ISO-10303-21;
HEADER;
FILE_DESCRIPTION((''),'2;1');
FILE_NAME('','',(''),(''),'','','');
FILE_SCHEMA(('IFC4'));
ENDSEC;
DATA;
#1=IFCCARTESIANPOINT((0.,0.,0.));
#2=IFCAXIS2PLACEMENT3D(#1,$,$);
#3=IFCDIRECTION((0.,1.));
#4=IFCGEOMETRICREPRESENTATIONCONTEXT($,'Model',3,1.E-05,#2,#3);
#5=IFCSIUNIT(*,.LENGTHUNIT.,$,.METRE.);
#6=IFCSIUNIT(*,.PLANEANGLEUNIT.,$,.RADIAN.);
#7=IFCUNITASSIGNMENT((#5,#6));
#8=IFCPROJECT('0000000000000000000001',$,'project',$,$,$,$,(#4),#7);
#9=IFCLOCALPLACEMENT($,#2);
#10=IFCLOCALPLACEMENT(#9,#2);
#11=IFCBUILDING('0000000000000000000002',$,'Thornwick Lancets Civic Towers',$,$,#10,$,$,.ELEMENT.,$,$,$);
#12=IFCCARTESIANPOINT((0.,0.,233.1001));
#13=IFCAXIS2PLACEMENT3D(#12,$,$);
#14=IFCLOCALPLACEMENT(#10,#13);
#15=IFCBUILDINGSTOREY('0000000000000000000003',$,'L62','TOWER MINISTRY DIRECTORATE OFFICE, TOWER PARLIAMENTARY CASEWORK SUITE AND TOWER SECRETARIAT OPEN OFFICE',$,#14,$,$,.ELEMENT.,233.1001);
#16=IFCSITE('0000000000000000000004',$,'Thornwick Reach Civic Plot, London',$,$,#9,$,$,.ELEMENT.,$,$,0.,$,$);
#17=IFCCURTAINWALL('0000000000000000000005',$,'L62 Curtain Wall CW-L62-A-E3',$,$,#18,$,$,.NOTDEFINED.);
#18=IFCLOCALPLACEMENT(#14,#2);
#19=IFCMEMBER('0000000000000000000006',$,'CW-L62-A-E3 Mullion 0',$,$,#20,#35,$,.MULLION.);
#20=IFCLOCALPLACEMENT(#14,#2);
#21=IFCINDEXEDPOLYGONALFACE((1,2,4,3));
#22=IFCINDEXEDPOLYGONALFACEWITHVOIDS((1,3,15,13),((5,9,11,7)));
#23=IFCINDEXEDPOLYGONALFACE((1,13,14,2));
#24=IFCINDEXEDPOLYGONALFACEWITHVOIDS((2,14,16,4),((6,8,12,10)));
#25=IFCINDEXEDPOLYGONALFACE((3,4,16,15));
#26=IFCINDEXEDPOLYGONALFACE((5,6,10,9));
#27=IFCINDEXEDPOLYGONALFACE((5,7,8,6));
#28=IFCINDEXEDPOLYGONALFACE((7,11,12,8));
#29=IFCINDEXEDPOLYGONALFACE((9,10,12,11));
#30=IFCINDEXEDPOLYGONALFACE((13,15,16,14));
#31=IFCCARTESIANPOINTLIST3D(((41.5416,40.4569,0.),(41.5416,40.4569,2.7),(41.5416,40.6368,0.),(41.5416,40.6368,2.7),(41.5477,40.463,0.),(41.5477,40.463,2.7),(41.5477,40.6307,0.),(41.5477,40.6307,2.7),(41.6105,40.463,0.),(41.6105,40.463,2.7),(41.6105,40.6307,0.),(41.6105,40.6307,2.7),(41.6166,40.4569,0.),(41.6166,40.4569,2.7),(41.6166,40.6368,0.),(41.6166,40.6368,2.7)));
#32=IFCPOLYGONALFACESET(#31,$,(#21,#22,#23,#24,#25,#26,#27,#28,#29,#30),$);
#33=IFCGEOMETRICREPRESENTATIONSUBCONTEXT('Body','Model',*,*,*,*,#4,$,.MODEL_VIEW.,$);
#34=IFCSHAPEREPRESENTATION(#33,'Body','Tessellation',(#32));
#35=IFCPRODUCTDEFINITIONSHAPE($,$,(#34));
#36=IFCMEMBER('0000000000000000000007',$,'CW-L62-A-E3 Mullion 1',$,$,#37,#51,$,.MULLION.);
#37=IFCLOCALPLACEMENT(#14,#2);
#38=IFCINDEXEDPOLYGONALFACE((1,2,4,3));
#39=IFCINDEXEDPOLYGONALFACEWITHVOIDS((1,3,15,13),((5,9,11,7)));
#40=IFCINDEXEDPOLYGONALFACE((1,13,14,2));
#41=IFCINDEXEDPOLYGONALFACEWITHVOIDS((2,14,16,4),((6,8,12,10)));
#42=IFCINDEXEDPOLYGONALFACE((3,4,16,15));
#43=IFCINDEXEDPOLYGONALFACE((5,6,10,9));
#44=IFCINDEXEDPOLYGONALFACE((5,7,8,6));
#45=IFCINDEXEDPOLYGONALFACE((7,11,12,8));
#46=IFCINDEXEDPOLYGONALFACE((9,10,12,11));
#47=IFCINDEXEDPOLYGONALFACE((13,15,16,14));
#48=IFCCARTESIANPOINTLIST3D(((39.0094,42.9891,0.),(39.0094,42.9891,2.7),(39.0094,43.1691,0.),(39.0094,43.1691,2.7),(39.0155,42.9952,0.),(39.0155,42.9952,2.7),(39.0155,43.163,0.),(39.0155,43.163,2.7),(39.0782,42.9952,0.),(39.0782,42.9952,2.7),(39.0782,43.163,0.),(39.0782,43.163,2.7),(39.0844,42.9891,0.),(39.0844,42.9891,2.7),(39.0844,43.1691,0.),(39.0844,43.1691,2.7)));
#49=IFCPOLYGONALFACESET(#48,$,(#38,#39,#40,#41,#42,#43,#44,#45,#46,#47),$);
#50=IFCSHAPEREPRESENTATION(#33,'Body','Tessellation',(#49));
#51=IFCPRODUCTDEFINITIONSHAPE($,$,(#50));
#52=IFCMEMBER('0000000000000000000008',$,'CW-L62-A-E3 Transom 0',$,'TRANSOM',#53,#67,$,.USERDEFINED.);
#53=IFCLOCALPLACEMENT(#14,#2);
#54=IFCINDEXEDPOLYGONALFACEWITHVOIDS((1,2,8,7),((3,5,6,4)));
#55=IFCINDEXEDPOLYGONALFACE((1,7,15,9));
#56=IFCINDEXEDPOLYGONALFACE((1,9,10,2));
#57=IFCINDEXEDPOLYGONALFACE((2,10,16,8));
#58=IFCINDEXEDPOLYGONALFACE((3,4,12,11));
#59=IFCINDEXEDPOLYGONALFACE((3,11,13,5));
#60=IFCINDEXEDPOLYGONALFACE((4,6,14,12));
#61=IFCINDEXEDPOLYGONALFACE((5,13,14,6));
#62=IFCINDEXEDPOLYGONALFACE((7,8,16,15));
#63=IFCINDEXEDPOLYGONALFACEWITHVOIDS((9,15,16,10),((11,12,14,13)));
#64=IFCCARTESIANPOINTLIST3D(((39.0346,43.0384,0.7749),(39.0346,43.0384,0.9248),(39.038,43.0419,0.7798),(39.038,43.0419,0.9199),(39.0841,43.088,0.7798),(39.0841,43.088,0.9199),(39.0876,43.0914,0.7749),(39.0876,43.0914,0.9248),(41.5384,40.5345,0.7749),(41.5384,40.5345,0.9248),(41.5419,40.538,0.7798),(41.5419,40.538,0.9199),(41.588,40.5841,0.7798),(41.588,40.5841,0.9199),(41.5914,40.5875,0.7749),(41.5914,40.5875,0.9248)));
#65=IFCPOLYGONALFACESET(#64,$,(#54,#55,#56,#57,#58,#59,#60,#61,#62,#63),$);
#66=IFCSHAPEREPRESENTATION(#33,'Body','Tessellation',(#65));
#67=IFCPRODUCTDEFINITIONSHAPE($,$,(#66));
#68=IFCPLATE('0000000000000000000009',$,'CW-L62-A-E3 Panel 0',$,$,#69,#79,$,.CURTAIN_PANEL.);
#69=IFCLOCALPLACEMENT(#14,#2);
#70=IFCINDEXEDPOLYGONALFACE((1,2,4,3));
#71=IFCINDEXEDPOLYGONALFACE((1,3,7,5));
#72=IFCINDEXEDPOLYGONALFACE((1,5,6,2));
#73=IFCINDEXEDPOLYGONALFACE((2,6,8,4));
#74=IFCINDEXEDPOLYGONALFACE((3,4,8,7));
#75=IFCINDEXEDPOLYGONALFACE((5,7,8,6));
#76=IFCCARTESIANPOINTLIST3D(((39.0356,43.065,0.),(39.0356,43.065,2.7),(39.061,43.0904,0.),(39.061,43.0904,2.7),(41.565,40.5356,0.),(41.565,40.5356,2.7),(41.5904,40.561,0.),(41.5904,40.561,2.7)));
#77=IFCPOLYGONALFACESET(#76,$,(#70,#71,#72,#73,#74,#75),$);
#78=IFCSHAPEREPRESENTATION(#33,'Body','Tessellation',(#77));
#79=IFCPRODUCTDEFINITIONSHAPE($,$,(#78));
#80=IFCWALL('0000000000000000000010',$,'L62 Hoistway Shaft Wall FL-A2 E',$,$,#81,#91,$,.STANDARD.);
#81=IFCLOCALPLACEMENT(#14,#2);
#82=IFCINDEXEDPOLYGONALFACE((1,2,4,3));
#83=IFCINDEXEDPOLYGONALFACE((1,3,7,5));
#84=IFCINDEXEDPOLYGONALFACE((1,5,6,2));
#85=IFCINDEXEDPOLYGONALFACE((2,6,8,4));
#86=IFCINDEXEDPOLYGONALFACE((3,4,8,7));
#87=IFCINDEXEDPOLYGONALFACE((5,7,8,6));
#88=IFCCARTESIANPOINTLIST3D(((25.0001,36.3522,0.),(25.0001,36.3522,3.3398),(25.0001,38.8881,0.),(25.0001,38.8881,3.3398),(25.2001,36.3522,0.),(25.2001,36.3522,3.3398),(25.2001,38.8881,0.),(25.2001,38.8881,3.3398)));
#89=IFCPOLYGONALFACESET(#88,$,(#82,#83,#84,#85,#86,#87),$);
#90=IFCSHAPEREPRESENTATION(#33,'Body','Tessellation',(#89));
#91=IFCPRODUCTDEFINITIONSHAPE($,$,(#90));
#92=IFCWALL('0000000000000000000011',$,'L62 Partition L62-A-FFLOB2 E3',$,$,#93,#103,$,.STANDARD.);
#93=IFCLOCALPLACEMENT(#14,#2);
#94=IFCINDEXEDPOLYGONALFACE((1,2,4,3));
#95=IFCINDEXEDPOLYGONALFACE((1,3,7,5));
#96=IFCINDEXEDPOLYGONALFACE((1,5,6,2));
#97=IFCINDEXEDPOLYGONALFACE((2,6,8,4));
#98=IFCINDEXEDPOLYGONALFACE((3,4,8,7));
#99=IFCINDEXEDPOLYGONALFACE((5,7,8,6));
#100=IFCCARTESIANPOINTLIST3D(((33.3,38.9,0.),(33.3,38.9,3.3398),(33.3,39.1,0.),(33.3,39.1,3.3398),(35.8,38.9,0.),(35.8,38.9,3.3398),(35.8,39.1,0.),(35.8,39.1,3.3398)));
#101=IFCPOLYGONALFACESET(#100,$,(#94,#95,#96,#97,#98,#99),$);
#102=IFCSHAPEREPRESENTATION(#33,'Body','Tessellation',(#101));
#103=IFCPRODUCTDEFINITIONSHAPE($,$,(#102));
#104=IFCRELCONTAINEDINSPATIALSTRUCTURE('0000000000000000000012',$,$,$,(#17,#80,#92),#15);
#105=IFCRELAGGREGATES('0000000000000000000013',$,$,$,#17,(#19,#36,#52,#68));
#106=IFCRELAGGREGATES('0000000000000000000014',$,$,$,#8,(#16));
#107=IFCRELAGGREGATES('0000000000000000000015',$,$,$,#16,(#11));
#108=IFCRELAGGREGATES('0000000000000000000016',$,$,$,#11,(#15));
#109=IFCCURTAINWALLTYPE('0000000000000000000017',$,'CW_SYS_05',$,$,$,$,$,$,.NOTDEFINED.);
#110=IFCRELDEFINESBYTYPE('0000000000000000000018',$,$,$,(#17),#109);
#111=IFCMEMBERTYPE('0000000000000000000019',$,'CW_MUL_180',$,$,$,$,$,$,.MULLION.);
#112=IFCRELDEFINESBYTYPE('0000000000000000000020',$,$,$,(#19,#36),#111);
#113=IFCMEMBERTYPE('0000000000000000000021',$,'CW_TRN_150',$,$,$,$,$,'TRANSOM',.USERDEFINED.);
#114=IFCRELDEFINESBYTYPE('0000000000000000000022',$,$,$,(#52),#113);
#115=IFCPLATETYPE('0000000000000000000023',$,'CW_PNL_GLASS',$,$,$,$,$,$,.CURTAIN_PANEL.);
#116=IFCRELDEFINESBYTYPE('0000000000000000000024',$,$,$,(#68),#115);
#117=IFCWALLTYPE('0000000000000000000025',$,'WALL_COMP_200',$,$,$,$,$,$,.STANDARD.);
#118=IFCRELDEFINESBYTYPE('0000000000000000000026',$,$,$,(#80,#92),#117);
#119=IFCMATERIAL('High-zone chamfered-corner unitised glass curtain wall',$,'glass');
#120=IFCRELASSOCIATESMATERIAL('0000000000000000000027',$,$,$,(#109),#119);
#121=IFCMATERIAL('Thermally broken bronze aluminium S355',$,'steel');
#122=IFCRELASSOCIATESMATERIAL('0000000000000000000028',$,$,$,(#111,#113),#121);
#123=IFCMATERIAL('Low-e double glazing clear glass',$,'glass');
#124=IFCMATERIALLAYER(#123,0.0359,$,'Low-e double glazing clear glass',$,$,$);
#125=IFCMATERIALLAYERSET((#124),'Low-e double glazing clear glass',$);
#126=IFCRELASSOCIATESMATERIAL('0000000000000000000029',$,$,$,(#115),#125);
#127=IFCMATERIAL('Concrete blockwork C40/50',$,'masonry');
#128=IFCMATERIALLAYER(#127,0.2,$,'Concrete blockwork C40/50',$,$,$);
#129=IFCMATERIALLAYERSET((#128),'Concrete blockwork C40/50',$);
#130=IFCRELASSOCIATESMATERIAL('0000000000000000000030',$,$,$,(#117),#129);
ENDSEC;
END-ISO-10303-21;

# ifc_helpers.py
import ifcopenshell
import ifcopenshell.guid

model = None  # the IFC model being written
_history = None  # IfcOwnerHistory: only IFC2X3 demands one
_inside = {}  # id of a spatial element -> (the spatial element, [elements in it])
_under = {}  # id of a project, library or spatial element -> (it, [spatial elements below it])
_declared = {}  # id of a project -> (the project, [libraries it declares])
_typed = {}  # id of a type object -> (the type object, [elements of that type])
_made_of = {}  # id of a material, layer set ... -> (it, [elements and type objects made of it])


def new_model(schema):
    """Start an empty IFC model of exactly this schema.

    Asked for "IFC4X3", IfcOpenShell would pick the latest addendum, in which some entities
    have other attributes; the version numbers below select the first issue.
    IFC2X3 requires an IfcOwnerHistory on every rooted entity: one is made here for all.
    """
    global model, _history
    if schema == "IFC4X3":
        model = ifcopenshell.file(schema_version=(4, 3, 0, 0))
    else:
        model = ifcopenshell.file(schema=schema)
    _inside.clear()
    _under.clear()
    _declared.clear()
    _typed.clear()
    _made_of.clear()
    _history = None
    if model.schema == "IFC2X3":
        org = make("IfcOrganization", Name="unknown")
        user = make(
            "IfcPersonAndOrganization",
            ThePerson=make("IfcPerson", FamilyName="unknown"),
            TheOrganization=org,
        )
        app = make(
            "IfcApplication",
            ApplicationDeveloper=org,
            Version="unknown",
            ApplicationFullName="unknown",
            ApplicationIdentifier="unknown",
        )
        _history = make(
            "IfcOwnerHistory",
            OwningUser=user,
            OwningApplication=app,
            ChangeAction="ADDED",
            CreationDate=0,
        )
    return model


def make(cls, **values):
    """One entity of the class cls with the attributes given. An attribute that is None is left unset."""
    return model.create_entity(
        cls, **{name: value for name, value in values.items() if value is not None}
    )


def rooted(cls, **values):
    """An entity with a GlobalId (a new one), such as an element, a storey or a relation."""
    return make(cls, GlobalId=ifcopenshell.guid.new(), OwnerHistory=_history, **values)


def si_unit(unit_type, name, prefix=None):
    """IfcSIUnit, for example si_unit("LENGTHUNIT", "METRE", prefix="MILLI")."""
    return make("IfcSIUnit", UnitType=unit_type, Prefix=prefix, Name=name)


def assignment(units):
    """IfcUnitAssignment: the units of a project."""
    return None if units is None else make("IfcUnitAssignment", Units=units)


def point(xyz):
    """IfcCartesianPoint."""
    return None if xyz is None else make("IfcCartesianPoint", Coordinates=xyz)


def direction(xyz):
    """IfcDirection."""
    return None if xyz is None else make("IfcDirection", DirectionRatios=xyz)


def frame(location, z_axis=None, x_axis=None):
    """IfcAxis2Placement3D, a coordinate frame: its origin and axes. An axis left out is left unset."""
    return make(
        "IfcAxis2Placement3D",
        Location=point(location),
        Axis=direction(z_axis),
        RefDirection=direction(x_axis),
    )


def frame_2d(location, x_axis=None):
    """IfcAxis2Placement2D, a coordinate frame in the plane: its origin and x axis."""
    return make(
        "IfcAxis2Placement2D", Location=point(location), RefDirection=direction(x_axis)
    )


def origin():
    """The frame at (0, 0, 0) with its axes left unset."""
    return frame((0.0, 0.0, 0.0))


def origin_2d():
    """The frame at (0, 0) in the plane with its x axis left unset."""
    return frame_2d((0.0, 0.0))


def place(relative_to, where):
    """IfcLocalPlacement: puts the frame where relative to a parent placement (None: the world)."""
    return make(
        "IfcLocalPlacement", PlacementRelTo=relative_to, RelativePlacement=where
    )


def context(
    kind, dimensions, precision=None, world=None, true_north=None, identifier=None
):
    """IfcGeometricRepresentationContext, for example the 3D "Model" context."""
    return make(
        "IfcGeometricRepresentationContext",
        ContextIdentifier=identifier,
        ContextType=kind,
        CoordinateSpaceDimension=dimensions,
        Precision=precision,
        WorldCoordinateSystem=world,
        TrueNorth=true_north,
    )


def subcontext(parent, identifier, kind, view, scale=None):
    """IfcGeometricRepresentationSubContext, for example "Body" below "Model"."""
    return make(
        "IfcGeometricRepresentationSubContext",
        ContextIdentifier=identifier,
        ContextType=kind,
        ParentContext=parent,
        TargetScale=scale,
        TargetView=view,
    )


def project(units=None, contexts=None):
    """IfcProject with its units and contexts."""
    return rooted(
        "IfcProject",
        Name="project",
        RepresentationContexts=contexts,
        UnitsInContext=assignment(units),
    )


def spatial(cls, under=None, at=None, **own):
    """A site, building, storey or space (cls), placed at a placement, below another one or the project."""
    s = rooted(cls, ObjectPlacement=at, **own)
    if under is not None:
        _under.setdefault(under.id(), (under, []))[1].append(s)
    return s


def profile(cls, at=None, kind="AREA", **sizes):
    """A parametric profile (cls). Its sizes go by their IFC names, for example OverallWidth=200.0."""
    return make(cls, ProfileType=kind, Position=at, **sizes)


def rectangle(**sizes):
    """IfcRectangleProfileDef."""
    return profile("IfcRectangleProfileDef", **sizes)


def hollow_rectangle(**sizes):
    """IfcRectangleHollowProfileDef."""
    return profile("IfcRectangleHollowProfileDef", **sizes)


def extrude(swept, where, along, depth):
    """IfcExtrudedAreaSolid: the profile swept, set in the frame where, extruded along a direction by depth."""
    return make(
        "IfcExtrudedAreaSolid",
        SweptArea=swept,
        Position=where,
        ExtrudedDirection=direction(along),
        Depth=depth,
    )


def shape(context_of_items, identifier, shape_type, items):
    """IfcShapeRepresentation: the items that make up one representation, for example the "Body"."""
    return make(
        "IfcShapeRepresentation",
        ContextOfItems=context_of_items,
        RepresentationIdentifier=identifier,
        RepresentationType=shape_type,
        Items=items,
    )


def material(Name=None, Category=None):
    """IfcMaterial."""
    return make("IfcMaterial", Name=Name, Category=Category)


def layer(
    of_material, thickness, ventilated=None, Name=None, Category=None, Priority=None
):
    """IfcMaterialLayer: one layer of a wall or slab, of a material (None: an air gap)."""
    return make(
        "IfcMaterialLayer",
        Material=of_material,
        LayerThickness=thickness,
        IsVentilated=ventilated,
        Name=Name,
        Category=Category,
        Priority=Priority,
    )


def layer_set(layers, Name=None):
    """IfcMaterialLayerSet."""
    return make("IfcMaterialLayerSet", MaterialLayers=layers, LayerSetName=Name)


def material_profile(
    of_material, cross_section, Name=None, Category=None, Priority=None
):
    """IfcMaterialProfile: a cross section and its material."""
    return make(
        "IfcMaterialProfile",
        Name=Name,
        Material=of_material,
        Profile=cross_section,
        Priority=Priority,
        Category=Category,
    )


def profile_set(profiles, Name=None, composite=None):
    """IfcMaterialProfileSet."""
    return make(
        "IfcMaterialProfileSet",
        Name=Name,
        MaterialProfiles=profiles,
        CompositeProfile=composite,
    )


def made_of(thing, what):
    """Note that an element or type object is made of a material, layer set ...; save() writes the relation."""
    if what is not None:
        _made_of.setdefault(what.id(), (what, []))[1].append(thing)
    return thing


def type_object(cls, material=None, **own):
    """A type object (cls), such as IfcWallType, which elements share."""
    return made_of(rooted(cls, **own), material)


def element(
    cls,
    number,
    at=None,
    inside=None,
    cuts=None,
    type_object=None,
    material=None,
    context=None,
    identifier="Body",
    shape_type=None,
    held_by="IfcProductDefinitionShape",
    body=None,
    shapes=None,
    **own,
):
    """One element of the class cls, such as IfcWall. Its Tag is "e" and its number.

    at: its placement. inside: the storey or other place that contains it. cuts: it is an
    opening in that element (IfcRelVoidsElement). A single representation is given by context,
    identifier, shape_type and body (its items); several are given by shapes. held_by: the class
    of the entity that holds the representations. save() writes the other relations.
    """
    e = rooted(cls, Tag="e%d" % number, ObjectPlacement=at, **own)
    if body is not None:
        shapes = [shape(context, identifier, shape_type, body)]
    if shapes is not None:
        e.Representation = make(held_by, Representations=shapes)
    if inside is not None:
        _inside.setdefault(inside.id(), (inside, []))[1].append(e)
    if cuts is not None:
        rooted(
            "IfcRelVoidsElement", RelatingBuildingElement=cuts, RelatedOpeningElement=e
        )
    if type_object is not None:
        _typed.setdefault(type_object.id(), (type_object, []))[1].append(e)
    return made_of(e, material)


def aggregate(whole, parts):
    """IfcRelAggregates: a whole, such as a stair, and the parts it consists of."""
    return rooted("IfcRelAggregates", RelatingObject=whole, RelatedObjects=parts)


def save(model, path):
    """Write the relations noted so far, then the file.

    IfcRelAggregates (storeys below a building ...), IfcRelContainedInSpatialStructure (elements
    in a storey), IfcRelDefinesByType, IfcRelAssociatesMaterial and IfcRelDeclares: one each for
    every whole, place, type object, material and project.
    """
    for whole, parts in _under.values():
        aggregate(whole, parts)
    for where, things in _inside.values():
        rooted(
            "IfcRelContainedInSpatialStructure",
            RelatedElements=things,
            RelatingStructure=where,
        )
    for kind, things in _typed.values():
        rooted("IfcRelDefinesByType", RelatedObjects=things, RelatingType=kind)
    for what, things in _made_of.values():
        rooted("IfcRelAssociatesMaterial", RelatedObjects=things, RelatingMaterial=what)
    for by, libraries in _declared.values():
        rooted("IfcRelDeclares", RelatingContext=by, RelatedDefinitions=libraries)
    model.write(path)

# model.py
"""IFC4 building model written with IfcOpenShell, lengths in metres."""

from ifc_helpers import new_model, si_unit, direction, frame, frame_2d, origin, origin_2d, place, context, subcontext, project, spatial, rectangle, hollow_rectangle, extrude, material, layer, layer_set, material_profile, profile_set, type_object, element, aggregate, save


model = new_model("IFC4")

# Units and contexts
model_context = context("Model", 3, precision=1e-05, world=origin(), true_north=direction((0.0, 1.0)))
body_context = subcontext(model_context, "Body", "Model", "MODEL_VIEW")
ifc_project = project(units=[si_unit("LENGTHUNIT", "METRE"), si_unit("PLANEANGLEUNIT", "RADIAN")], contexts=[model_context])

# Site, building, storey
site_placement = place(None, origin())
site = spatial("IfcSite", under=ifc_project, at=site_placement, Name="Thornwick Reach Civic Plot, London", CompositionType="ELEMENT", RefElevation=0.0)
building_placement = place(site_placement, origin())
building = spatial("IfcBuilding", under=site, at=building_placement, Name="Thornwick Lancets Civic Towers", CompositionType="ELEMENT")
storey_placement = place(building_placement, frame((0.0, 0.0, 233.1001)))
storey = spatial("IfcBuildingStorey", under=building, at=storey_placement, Name="L62", Description="TOWER MINISTRY DIRECTORATE OFFICE, TOWER PARLIAMENTARY CASEWORK SUITE AND TOWER SECRETARIAT OPEN OFFICE", CompositionType="ELEMENT", Elevation=233.1001)

# Curtain wall, members, plate
ifc_material_1 = material(Name="High-zone chamfered-corner unitised glass curtain wall", Category="glass")
curtain_wall_type = type_object("IfcCurtainWallType", Name="CW_SYS_05", PredefinedType="NOTDEFINED", material=ifc_material_1)
curtain_wall_placement = place(storey_placement, origin())
curtain_wall = element("IfcCurtainWall", 1, at=curtain_wall_placement, inside=storey, type_object=curtain_wall_type, Name="L62 Curtain Wall CW-L62-A-E3", PredefinedType="NOTDEFINED")
ifc_material_2 = material(Name="Thermally broken bronze aluminium S355", Category="steel")
ifc_material_profile_1 = material_profile(ifc_material_2, hollow_rectangle(XDim=0.075, YDim=0.1799, WallThickness=0.0061, at=origin_2d()), Name="RHS 180x75x6")
ifc_profile_set_1 = profile_set([ifc_material_profile_1], Name="Thermally broken bronze aluminium S355")
member_type_1 = type_object("IfcMemberType", Name="CW_MUL_180", PredefinedType="MULLION", material=ifc_profile_set_1)
member_1_placement = place(storey_placement, frame((41.5791, 40.5469, 0.0), z_axis=(0.0, 0.0, 1.0), x_axis=(1.0, 0.0, 0.0)))
member_1 = element("IfcMember", 2, at=member_1_placement, type_object=member_type_1, Name="CW-L62-A-E3 Mullion 0", PredefinedType="MULLION", context=body_context, shape_type="SweptSolid", body=[
    extrude(hollow_rectangle(XDim=0.075, YDim=0.1799, WallThickness=0.0061, at=origin_2d()), origin(), (0.0, 0.0, 1.0), 2.7),
])
member_2_placement = place(storey_placement, frame((39.0469, 43.0791, 0.0), z_axis=(0.0, 0.0, 1.0), x_axis=(1.0, 0.0, 0.0)))
member_2 = element("IfcMember", 3, at=member_2_placement, type_object=member_type_1, Name="CW-L62-A-E3 Mullion 1", PredefinedType="MULLION", context=body_context, shape_type="SweptSolid", body=[
    extrude(hollow_rectangle(XDim=0.075, YDim=0.1799, WallThickness=0.0061, at=origin_2d()), origin(), (0.0, 0.0, 1.0), 2.7),
])
ifc_material_profile_2 = material_profile(ifc_material_2, hollow_rectangle(XDim=0.075, YDim=0.1499, WallThickness=0.0049, at=origin_2d()), Name="RHS 150x75x5")
ifc_profile_set_2 = profile_set([ifc_material_profile_2], Name="Thermally broken bronze aluminium S355")
member_type_2 = type_object("IfcMemberType", Name="CW_TRN_150", ElementType="TRANSOM", PredefinedType="USERDEFINED", material=ifc_profile_set_2)
member_3_placement = place(storey_placement, frame((41.5649, 40.561, 0.8499), z_axis=(-0.707107, 0.707107, 0.0), x_axis=(-0.707107, -0.707107, 0.0)))
member_3 = element("IfcMember", 4, at=member_3_placement, type_object=member_type_2, Name="CW-L62-A-E3 Transom 0", ObjectType="TRANSOM", PredefinedType="USERDEFINED", context=body_context, shape_type="SweptSolid", body=[
    extrude(hollow_rectangle(XDim=0.075, YDim=0.1499, WallThickness=0.0049, at=origin_2d()), origin(), (0.0, 0.0, 1.0), 3.541),
])
ifc_material_3 = material(Name="Low-e double glazing clear glass", Category="glass")
ifc_layer_1 = layer(ifc_material_3, 0.0359, Name="Low-e double glazing clear glass")
ifc_layer_set_1 = layer_set([ifc_layer_1], Name="Low-e double glazing clear glass")
plate_type = type_object("IfcPlateType", Name="CW_PNL_GLASS", PredefinedType="CURTAIN_PANEL", material=ifc_layer_set_1)
plate_placement = place(storey_placement, frame((40.313, 41.813, 0.0), z_axis=(0.0, 0.0, 1.0), x_axis=(-0.707107, 0.707107, 0.0)))
plate = element("IfcPlate", 5, at=plate_placement, type_object=plate_type, Name="CW-L62-A-E3 Panel 0", PredefinedType="CURTAIN_PANEL", context=body_context, shape_type="SweptSolid", body=[
    extrude(rectangle(XDim=3.5771, YDim=0.0359, at=origin_2d()), origin(), (0.0, 0.0, 1.0), 2.7),
])
aggregate(curtain_wall, [member_1, member_2, member_3, plate])

# Walls
ifc_material_4 = material(Name="Concrete blockwork C40/50", Category="masonry")
ifc_layer_2 = layer(ifc_material_4, 0.2, Name="Concrete blockwork C40/50")
ifc_layer_set_2 = layer_set([ifc_layer_2], Name="Concrete blockwork C40/50")
wall_type_1 = type_object("IfcWallType", Name="WALL_COMP_200", PredefinedType="STANDARD", material=ifc_layer_set_2)
wall_1_placement = place(storey_placement, frame((25.1001, 36.3521, 0.0), z_axis=(0.0, 0.0, 1.0), x_axis=(0.0, 1.0, 0.0)))
element("IfcWall", 6, at=wall_1_placement, inside=storey, type_object=wall_type_1, Name="L62 Hoistway Shaft Wall FL-A2 E", PredefinedType="STANDARD", context=body_context, shape_type="SweptSolid", body=[
    extrude(rectangle(XDim=2.5359, YDim=0.2, at=frame_2d((1.2681, 0.0))), origin(), (0.0, 0.0, 1.0), 3.3398),
])
wall_2_placement = place(storey_placement, frame((35.8, 39.0, 0.0), z_axis=(0.0, 0.0, 1.0), x_axis=(-1.0, 0.0, 0.0)))
element("IfcWall", 7, at=wall_2_placement, inside=storey, type_object=wall_type_1, Name="L62 Partition L62-A-FFLOB2 E3", PredefinedType="STANDARD", context=body_context, shape_type="SweptSolid", body=[
    extrude(rectangle(XDim=2.5, YDim=0.2, at=frame_2d((1.25, 0.0))), origin(), (0.0, 0.0, 1.0), 3.3398),
])

save(model, "model.ifc")
